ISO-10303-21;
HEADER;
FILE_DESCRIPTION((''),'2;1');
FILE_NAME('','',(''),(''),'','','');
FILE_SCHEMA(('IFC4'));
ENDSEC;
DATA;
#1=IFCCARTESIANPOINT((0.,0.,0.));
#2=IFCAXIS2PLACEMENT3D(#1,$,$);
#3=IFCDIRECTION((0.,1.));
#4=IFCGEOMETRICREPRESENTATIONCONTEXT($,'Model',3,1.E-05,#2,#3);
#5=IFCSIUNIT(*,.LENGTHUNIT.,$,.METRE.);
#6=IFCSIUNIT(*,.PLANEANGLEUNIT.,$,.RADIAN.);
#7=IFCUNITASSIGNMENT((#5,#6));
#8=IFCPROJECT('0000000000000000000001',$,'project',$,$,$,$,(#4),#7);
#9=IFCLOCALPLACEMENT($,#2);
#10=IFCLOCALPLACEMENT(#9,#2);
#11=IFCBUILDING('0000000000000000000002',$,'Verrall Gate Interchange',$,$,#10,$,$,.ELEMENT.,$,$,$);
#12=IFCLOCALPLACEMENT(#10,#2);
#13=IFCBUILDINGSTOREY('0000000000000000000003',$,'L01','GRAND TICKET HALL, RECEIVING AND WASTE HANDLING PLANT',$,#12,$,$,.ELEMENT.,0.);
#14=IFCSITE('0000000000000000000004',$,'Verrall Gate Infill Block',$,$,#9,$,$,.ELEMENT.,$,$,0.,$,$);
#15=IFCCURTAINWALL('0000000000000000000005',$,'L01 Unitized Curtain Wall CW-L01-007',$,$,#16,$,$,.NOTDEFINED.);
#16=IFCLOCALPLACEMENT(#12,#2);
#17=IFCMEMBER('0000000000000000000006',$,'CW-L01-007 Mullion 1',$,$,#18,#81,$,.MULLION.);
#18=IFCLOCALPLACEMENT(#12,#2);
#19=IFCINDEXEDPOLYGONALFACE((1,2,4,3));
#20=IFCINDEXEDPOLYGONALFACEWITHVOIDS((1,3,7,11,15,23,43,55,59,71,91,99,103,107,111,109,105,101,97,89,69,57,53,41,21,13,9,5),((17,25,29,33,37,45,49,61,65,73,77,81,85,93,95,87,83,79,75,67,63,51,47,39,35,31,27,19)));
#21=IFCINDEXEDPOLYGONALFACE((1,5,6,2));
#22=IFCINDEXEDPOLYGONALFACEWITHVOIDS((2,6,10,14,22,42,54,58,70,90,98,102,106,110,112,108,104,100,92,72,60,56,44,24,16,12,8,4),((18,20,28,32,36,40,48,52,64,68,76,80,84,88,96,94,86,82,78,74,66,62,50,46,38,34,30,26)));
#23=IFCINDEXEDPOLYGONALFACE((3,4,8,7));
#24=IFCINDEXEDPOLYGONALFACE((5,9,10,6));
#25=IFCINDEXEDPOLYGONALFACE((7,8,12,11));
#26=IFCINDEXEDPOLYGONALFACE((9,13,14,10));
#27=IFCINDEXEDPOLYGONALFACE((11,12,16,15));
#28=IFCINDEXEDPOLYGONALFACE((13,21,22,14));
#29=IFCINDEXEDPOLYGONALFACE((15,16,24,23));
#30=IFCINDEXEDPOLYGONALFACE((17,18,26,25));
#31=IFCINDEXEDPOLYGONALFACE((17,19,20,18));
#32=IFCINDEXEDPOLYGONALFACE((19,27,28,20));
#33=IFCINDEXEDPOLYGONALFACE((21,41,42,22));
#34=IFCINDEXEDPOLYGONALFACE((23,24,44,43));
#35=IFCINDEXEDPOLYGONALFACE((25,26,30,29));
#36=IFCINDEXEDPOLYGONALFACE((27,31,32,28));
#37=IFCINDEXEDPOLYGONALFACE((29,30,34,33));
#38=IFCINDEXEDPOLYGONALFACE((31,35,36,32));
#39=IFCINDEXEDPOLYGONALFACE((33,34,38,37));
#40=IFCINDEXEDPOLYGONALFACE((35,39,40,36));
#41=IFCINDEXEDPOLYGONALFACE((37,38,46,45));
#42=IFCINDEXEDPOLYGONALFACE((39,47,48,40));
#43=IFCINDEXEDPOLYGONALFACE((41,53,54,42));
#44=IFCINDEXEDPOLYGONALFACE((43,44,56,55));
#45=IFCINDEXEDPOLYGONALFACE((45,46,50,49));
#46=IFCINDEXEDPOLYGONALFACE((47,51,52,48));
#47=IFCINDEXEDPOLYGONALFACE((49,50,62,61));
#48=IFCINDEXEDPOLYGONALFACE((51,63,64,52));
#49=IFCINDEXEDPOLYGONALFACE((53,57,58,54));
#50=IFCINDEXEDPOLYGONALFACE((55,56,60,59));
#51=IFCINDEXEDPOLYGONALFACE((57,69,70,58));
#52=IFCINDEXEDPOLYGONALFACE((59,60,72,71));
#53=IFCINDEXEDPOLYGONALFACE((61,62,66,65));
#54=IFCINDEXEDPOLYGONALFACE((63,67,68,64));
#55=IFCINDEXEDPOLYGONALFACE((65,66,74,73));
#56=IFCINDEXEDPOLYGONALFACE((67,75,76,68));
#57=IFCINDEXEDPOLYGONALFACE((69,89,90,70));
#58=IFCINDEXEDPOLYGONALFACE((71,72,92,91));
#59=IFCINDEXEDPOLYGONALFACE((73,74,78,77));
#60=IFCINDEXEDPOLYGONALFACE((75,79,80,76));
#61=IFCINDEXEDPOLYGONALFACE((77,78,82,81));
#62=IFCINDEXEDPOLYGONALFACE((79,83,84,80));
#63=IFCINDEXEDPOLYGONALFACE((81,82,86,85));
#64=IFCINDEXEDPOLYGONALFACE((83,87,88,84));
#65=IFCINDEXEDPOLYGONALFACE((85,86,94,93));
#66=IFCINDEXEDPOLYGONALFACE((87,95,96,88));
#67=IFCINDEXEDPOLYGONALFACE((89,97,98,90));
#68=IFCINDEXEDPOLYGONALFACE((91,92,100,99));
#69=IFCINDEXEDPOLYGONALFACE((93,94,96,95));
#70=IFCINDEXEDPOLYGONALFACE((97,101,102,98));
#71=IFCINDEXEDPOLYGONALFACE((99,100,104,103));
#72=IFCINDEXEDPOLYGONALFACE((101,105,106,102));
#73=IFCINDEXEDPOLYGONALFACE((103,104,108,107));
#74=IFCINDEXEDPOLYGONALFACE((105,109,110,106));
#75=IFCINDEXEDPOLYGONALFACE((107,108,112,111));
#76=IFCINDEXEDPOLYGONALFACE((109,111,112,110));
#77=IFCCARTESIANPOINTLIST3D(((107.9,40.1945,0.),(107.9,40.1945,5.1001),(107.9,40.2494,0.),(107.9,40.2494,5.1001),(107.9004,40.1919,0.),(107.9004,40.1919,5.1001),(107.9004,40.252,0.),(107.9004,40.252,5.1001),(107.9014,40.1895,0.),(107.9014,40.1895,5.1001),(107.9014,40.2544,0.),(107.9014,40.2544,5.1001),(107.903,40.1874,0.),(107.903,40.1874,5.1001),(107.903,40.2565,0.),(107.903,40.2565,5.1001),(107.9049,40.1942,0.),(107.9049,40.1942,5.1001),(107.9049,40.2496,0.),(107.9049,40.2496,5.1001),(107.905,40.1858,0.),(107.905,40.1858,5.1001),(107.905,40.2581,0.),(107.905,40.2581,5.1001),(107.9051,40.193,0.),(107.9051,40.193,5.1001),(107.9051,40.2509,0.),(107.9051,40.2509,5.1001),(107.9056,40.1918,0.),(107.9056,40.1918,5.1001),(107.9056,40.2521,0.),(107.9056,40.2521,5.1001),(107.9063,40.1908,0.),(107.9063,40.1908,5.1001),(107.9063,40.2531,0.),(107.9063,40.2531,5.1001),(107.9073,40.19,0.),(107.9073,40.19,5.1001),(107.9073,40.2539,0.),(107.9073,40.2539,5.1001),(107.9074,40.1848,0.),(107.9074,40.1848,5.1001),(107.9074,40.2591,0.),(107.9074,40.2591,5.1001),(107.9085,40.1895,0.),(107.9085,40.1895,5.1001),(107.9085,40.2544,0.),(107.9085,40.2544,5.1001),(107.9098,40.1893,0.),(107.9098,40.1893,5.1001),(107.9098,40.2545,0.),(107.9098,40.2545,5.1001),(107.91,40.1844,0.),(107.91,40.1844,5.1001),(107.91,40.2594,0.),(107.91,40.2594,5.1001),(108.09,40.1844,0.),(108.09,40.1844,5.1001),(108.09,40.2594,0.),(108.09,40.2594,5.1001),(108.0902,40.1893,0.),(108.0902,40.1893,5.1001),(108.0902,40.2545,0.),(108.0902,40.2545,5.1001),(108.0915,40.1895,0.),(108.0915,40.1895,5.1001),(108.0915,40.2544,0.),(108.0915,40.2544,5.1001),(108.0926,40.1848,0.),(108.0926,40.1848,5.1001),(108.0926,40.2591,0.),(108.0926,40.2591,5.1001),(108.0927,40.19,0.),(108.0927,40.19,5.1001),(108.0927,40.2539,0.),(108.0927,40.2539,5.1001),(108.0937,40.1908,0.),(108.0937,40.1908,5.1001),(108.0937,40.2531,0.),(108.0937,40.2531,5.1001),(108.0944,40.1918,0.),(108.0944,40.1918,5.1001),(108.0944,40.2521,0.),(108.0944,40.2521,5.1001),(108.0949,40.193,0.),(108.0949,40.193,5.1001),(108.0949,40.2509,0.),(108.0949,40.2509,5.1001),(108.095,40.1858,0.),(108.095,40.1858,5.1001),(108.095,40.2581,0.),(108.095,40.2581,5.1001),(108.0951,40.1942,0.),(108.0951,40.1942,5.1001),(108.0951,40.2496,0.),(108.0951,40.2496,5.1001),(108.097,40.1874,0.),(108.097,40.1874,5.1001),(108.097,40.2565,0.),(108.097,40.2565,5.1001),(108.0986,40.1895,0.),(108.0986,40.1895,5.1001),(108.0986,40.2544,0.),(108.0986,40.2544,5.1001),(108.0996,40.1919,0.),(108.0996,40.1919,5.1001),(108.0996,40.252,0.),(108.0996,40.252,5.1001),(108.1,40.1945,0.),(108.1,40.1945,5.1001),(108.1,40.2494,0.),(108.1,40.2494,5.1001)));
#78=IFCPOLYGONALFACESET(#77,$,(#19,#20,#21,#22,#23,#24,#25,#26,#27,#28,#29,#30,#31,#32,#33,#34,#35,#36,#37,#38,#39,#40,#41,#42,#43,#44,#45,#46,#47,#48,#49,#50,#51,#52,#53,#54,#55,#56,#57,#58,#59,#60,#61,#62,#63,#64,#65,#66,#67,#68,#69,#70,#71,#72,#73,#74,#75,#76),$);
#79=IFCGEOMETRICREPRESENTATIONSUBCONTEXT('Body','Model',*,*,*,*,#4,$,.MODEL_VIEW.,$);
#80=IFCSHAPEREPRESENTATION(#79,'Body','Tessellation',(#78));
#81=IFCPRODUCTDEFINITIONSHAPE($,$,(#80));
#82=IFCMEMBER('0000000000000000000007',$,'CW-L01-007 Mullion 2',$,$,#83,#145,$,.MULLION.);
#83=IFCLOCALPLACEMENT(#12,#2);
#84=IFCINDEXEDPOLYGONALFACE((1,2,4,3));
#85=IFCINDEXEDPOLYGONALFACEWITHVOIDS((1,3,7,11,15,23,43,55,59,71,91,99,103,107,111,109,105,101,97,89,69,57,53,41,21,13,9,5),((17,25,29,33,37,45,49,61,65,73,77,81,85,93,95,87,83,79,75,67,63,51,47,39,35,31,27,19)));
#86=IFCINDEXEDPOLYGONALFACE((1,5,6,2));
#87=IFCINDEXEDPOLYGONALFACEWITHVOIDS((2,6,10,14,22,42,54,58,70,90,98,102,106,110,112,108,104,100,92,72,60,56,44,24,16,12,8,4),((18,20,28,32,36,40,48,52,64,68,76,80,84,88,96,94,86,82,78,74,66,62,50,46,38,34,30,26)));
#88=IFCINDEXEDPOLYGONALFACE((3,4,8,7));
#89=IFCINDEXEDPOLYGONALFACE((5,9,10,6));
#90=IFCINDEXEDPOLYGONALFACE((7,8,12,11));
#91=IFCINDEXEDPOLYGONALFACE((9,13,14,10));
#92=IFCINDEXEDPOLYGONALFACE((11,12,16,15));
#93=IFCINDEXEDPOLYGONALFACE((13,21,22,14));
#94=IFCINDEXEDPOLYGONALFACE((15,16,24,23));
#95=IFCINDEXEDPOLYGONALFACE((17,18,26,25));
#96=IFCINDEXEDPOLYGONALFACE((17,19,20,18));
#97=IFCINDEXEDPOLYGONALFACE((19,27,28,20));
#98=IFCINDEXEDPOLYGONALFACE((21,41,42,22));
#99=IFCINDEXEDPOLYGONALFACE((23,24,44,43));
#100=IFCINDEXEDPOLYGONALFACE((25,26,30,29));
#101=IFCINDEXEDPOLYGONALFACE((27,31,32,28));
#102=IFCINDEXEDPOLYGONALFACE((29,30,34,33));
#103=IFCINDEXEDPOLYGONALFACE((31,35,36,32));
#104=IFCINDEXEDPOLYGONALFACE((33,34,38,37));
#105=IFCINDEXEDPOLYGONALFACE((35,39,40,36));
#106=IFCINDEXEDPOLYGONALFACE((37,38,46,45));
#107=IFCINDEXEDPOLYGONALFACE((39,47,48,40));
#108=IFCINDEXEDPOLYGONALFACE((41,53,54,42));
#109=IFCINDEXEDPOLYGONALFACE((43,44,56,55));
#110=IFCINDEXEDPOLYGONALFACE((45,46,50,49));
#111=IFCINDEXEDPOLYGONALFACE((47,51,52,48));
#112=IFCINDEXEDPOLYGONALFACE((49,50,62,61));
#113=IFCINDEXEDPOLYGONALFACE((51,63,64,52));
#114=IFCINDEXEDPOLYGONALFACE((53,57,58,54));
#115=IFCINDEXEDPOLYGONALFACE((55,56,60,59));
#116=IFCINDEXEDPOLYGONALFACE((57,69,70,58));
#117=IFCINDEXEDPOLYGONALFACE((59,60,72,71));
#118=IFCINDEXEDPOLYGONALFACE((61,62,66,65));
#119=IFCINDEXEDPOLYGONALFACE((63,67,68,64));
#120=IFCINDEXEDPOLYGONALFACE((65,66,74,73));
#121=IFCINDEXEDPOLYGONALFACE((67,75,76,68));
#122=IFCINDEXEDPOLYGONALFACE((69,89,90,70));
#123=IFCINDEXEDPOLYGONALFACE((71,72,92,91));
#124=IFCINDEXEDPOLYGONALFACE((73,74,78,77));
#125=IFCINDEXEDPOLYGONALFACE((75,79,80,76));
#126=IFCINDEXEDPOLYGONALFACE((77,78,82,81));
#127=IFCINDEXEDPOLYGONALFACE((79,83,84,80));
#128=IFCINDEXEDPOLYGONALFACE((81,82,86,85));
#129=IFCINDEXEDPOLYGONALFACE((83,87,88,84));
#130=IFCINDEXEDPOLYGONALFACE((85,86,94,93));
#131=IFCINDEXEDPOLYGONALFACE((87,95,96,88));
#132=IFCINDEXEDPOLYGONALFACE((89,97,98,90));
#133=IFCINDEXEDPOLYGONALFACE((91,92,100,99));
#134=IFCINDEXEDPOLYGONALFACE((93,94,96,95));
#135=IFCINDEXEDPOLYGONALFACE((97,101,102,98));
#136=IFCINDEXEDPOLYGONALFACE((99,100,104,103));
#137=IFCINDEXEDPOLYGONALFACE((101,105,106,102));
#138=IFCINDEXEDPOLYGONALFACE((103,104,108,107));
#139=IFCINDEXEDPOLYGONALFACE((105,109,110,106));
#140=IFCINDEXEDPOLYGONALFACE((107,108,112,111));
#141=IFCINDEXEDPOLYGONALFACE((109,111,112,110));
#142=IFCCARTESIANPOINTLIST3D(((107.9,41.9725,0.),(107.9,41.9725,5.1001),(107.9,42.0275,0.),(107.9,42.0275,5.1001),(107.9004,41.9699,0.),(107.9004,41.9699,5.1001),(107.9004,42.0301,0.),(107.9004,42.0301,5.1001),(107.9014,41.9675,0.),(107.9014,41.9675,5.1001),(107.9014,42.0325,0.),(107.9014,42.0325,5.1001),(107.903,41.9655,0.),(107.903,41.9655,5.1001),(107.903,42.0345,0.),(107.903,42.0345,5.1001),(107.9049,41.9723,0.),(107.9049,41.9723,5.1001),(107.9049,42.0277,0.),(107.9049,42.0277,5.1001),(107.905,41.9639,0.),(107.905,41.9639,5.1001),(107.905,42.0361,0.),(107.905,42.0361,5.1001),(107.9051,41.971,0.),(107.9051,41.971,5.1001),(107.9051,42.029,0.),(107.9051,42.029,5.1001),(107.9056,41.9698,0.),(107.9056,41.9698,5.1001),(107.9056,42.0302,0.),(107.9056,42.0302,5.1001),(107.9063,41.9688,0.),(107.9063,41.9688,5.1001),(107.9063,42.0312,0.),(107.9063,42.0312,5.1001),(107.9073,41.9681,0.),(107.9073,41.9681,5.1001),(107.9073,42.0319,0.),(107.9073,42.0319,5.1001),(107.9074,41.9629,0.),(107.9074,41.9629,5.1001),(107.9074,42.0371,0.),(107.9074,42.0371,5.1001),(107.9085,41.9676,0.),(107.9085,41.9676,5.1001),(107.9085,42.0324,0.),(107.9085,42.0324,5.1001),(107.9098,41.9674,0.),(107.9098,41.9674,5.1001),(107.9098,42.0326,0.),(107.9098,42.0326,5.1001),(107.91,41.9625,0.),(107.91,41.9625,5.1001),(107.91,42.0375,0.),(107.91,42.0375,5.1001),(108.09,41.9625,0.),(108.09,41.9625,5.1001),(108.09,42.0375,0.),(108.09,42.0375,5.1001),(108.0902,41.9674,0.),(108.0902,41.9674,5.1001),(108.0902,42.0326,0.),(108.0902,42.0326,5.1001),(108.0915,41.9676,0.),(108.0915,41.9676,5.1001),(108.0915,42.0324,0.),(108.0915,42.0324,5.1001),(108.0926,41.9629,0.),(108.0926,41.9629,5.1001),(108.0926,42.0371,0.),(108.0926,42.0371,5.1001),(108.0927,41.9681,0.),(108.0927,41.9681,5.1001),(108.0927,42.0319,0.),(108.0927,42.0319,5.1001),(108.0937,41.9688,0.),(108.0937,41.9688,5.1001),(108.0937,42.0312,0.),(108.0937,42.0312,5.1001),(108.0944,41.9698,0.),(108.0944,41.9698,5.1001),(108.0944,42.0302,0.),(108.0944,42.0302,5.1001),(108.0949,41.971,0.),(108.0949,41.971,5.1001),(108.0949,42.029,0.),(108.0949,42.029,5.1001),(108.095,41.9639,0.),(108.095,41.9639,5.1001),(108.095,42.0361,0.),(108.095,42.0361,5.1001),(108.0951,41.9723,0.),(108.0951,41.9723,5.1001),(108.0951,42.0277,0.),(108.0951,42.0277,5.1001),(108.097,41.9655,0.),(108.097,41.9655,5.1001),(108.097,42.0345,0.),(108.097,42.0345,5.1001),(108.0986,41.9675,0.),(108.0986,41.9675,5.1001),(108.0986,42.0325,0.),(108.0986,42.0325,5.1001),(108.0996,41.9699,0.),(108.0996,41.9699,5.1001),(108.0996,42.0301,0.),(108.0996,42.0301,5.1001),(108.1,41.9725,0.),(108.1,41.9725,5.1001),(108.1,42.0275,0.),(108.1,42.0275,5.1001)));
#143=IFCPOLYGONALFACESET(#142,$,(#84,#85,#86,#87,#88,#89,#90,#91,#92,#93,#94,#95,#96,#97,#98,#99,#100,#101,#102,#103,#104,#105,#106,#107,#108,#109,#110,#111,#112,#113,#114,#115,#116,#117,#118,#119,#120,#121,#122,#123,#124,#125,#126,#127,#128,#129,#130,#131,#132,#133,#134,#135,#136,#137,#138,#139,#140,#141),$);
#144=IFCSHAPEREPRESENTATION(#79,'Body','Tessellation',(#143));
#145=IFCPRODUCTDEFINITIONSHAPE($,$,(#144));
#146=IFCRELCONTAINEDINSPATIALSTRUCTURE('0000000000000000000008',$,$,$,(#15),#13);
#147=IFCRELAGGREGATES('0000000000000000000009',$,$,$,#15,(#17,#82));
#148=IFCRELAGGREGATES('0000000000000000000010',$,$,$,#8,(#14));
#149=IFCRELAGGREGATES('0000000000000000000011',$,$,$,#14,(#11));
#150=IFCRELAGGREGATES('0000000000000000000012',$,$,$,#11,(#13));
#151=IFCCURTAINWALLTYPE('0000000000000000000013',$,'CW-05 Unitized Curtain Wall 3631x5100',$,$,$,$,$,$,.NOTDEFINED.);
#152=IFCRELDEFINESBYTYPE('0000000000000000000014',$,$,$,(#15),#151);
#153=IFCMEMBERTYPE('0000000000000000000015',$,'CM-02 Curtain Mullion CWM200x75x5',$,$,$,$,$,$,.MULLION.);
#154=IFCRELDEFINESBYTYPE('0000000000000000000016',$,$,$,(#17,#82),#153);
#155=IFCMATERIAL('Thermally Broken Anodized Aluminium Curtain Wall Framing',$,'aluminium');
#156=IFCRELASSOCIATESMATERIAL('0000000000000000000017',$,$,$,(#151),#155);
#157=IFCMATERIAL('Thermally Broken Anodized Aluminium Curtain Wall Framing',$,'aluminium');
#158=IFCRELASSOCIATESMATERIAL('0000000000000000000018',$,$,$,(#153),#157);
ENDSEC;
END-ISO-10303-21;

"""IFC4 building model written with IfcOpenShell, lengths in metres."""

from ifc_helpers import new_model, si_unit, direction, frame, origin, origin_2d, place, context, subcontext, project, spatial, hollow_rectangle, extrude, material, material_profile, profile_set, type_object, element, aggregate, save


model = new_model("IFC4")

# Units and contexts
model_context = context("Model", 3, precision=1e-05, world=origin(), true_north=direction((0.0, 1.0)))
body_context = subcontext(model_context, "Body", "Model", "MODEL_VIEW")
ifc_project = project(units=[si_unit("LENGTHUNIT", "METRE"), si_unit("PLANEANGLEUNIT", "RADIAN")], contexts=[model_context])

# Site, building, storey
site_placement = place(None, origin())
site = spatial("IfcSite", under=ifc_project, at=site_placement, Name="Verrall Gate Infill Block", CompositionType="ELEMENT", RefElevation=0.0)
building_placement = place(site_placement, origin())
building = spatial("IfcBuilding", under=site, at=building_placement, Name="Verrall Gate Interchange", CompositionType="ELEMENT")
storey_placement = place(building_placement, origin())
storey = spatial("IfcBuildingStorey", under=building, at=storey_placement, Name="L01", Description="GRAND TICKET HALL, RECEIVING AND WASTE HANDLING PLANT", CompositionType="ELEMENT", Elevation=0.0)

# Curtain wall, members
ifc_material_1 = material(Name="Thermally Broken Anodized Aluminium Curtain Wall Framing", Category="aluminium")
curtain_wall_type = type_object("IfcCurtainWallType", Name="CW-05 Unitized Curtain Wall 3631x5100", PredefinedType="NOTDEFINED", material=ifc_material_1)
curtain_wall_placement = place(storey_placement, origin())
curtain_wall = element("IfcCurtainWall", 1, at=curtain_wall_placement, inside=storey, type_object=curtain_wall_type, Name="L01 Unitized Curtain Wall CW-L01-007", PredefinedType="NOTDEFINED")
ifc_material_2 = material(Name="Thermally Broken Anodized Aluminium Curtain Wall Framing", Category="aluminium")
ifc_material_profile_1 = material_profile(ifc_material_2, hollow_rectangle(XDim=0.075, YDim=0.2, WallThickness=0.0049, InnerFilletRadius=0.0049, OuterFilletRadius=0.01, at=origin_2d()), Name="CWM200x75x5")
ifc_profile_set_1 = profile_set([ifc_material_profile_1], Name="Thermally Broken Anodized Aluminium Curtain Wall Framing")
member_type_1 = type_object("IfcMemberType", Name="CM-02 Curtain Mullion CWM200x75x5", PredefinedType="MULLION", material=ifc_profile_set_1)
member_1_placement = place(storey_placement, frame((108.0, 40.2219, 0.0), z_axis=(0.0, 0.0, 1.0), x_axis=(0.0, 1.0, 0.0)))
member_1 = element("IfcMember", 2, at=member_1_placement, type_object=member_type_1, Name="CW-L01-007 Mullion 1", PredefinedType="MULLION", context=body_context, shape_type="SweptSolid", body=[
    extrude(hollow_rectangle(XDim=0.075, YDim=0.2, WallThickness=0.0049, InnerFilletRadius=0.0049, OuterFilletRadius=0.01, at=origin_2d()), origin(), (0.0, 0.0, 1.0), 5.1001),
])
member_2_placement = place(storey_placement, frame((108.0, 42.0, 0.0), z_axis=(0.0, 0.0, 1.0), x_axis=(0.0, 1.0, 0.0)))
member_2 = element("IfcMember", 3, at=member_2_placement, type_object=member_type_1, Name="CW-L01-007 Mullion 2", PredefinedType="MULLION", context=body_context, shape_type="SweptSolid", body=[
    extrude(hollow_rectangle(XDim=0.075, YDim=0.2, WallThickness=0.0049, InnerFilletRadius=0.0049, OuterFilletRadius=0.01, at=origin_2d()), origin(), (0.0, 0.0, 1.0), 5.1001),
])

aggregate(curtain_wall, [member_1, member_2])

save(model, "model.ifc")
